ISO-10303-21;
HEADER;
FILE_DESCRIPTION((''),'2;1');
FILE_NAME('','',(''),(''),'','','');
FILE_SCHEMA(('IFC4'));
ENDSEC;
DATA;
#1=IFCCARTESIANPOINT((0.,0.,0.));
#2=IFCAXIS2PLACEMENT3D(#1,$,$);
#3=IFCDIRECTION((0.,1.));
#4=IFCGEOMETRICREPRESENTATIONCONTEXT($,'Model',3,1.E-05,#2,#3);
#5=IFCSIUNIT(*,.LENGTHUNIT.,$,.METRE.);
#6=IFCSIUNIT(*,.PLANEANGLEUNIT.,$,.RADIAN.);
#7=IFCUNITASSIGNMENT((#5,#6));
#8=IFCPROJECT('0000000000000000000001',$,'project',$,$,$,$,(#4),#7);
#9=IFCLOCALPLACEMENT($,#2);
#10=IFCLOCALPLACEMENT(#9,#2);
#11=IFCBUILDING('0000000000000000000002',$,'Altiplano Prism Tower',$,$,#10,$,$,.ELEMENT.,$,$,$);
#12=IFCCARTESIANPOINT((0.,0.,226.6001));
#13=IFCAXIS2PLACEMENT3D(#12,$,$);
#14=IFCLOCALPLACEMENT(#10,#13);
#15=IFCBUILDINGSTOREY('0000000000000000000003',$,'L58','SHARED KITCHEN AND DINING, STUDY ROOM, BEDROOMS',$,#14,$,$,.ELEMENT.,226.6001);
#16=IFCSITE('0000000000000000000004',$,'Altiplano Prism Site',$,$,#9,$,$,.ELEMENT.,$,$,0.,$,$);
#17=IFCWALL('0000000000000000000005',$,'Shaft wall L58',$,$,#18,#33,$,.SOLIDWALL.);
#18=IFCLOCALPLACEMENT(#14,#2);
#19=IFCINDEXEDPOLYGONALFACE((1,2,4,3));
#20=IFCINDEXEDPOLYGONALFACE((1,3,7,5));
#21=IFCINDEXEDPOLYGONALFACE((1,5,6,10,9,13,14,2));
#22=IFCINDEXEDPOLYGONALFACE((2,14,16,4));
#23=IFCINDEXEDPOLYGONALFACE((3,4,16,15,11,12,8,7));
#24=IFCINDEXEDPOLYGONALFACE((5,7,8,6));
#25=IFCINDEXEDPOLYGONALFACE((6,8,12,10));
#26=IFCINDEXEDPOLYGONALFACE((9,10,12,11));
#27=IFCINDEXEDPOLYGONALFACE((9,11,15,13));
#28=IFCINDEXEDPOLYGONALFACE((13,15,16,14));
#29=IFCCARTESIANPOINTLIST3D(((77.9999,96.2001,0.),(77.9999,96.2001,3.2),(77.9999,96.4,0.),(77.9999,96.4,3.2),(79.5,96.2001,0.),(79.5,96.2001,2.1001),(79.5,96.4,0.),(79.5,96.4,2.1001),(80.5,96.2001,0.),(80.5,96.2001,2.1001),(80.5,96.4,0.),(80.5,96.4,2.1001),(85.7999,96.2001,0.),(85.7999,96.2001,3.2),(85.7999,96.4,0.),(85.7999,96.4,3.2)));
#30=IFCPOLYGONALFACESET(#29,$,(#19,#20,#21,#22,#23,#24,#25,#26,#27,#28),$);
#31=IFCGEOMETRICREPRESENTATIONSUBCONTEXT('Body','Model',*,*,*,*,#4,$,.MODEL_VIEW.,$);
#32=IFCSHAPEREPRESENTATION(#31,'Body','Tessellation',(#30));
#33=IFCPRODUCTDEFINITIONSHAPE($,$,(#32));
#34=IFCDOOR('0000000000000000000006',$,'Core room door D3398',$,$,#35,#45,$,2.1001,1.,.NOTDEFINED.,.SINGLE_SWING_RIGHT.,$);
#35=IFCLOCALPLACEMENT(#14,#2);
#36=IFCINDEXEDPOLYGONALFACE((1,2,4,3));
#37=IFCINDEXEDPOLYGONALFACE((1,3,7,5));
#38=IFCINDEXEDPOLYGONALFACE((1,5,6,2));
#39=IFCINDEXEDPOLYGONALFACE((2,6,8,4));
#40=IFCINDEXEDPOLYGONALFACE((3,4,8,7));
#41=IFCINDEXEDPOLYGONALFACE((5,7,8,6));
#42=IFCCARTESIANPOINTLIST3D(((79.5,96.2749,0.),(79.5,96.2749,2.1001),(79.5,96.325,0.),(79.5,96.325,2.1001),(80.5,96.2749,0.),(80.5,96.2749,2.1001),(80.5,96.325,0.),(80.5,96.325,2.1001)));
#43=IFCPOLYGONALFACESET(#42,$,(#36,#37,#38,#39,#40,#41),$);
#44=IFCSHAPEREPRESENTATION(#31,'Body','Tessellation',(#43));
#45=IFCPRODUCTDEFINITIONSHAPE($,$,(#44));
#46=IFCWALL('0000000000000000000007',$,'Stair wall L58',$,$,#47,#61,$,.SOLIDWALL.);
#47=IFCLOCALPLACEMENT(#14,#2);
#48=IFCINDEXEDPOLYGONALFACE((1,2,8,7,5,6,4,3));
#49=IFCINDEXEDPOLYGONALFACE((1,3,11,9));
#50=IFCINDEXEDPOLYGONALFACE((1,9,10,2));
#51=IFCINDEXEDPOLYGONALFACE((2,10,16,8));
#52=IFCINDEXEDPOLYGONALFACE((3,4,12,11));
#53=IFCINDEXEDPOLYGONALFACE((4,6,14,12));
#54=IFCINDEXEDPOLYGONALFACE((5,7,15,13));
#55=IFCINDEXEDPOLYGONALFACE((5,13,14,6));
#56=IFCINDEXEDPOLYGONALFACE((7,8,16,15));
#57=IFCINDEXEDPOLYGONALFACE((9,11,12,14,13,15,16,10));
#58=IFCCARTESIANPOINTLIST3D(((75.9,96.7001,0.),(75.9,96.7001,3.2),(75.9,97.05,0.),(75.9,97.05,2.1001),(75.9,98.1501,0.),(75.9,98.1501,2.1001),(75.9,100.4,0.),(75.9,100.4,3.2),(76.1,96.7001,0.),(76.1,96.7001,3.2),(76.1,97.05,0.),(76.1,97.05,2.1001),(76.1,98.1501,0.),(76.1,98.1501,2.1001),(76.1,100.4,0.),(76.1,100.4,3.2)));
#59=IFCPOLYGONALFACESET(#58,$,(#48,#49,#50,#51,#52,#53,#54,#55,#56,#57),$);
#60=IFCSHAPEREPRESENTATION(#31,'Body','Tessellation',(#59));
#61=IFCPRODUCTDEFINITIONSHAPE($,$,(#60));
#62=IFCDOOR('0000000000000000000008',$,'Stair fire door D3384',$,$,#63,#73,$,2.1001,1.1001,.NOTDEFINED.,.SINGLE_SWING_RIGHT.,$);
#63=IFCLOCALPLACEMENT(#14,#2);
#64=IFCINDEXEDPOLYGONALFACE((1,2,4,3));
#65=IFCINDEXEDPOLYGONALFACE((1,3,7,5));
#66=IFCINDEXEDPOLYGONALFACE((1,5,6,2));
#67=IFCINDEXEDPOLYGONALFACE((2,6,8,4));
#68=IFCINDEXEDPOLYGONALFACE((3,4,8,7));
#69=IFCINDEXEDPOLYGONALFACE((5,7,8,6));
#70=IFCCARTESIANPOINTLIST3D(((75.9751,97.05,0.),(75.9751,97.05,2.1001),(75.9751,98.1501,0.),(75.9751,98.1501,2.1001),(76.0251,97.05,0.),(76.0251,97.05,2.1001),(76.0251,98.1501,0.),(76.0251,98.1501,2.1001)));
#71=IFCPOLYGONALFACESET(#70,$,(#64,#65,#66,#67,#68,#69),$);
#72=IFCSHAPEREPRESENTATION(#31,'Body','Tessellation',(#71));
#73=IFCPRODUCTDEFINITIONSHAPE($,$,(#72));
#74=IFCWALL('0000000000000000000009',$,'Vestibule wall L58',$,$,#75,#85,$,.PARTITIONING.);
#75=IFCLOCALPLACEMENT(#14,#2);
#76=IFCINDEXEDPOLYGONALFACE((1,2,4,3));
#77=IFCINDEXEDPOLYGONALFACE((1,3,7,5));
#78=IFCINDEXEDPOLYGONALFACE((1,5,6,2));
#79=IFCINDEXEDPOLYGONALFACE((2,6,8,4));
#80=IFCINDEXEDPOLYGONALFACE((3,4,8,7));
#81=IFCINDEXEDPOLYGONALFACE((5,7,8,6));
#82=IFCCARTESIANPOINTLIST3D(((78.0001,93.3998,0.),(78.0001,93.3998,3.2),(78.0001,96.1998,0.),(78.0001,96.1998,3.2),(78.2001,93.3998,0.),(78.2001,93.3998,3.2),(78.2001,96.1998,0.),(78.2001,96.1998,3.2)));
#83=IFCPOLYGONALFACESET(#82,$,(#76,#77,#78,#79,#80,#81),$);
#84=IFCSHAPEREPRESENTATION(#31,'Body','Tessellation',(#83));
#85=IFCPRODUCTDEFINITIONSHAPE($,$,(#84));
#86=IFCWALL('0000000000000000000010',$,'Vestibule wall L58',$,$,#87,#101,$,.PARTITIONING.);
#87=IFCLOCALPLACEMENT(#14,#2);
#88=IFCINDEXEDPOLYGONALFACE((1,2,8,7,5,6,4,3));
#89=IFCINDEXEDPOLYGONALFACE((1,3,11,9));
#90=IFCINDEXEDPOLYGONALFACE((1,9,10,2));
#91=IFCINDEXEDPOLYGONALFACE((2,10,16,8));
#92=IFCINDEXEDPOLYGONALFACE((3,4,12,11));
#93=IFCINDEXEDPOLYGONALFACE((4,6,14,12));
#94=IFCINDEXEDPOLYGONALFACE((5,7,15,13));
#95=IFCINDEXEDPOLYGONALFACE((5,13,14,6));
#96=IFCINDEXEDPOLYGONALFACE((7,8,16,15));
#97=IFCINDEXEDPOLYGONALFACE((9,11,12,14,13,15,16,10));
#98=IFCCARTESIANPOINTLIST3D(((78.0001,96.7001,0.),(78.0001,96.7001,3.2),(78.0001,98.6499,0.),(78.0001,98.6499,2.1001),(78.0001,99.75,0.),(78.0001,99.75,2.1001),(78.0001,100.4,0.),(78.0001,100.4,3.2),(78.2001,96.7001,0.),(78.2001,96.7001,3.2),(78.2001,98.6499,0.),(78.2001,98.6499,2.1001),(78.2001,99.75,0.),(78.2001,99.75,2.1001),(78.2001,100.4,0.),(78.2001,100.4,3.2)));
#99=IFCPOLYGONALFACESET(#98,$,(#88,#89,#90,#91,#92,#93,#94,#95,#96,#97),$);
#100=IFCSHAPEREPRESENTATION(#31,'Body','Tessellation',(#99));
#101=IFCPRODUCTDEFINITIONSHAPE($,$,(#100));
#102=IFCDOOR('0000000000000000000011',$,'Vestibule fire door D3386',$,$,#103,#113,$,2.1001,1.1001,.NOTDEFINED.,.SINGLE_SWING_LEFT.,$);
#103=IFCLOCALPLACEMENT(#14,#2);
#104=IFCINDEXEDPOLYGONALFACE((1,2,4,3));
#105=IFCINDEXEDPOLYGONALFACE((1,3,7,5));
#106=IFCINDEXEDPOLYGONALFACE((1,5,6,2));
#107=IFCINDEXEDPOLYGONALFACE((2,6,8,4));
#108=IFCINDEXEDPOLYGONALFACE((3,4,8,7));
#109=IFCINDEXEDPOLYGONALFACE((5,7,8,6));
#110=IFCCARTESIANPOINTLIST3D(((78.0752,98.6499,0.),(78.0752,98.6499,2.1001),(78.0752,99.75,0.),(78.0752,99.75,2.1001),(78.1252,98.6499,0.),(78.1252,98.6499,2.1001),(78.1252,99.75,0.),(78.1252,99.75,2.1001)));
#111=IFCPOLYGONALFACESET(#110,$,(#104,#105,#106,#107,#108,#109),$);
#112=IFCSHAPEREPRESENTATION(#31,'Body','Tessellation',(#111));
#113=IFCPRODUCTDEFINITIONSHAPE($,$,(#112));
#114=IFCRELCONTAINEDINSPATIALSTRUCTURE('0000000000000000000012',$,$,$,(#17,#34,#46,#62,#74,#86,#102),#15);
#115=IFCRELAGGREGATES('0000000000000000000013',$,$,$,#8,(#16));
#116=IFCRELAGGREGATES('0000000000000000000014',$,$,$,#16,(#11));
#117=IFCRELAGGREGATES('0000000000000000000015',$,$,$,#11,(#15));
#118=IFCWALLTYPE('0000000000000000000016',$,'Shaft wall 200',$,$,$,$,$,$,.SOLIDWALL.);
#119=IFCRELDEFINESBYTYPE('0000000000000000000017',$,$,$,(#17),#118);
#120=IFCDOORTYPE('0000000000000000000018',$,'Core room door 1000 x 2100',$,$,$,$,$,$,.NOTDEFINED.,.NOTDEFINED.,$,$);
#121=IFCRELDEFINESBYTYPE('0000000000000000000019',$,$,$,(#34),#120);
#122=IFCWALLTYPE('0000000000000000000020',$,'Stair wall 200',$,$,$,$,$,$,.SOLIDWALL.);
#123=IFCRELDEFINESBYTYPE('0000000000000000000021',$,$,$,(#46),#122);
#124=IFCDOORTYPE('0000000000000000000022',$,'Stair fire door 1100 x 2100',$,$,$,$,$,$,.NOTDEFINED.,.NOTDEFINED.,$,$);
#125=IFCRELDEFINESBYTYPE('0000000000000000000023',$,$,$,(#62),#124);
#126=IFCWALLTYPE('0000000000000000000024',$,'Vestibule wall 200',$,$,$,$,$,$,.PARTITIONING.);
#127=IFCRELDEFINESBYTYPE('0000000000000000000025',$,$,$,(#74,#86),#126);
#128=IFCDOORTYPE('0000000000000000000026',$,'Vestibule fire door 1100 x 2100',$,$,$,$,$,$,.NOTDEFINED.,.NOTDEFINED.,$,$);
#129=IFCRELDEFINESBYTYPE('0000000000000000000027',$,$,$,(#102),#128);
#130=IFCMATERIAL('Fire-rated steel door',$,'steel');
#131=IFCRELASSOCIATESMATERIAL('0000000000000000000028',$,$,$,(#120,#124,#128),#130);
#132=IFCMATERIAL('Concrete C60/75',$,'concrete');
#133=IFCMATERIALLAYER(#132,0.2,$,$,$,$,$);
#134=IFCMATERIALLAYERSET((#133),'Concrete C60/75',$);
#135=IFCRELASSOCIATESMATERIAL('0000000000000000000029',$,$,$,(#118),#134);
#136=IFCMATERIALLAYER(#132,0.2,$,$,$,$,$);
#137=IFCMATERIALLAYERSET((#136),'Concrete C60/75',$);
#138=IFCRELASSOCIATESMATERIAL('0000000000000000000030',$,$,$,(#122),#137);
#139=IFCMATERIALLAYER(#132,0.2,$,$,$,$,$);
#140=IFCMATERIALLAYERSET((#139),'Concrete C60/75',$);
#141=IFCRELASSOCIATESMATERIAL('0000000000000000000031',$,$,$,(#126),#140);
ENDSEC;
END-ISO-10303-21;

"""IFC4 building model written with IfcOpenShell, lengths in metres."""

from ifc_helpers import new_model, si_unit, direction, frame, frame_2d, origin, place, context, subcontext, project, spatial, rectangle, extrude, material, layer, layer_set, type_object, element, fill, save


model = new_model("IFC4")

# Units and contexts
model_context = context("Model", 3, precision=1e-05, world=origin(), true_north=direction((0.0, 1.0)))
body_context = subcontext(model_context, "Body", "Model", "MODEL_VIEW")
ifc_project = project(units=[si_unit("LENGTHUNIT", "METRE"), si_unit("PLANEANGLEUNIT", "RADIAN")], contexts=[model_context])

# Site, building, storey
site_placement = place(None, origin())
site = spatial("IfcSite", under=ifc_project, at=site_placement, Name="Altiplano Prism Site", CompositionType="ELEMENT", RefElevation=0.0)
building_placement = place(site_placement, origin())
building = spatial("IfcBuilding", under=site, at=building_placement, Name="Altiplano Prism Tower", CompositionType="ELEMENT")
storey_placement = place(building_placement, frame((0.0, 0.0, 226.6001)))
storey = spatial("IfcBuildingStorey", under=building, at=storey_placement, Name="L58", Description="SHARED KITCHEN AND DINING, STUDY ROOM, BEDROOMS", CompositionType="ELEMENT", Elevation=226.6001)

# Shared definitions
ifc_material_1 = material(Name="Concrete C60/75", Category="concrete")
ifc_material_2 = material(Name="Fire-rated steel door", Category="steel")
door_type_1 = type_object("IfcDoorType", Name="Core room door 1000 x 2100", OperationType="NOTDEFINED", PredefinedType="NOTDEFINED", material=ifc_material_2)

# Walls, openings, doors
ifc_layer_1 = layer(ifc_material_1, 0.2)
ifc_layer_set_1 = layer_set([ifc_layer_1], Name="Concrete C60/75")
wall_type_1 = type_object("IfcWallType", Name="Shaft wall 200", PredefinedType="SOLIDWALL", material=ifc_layer_set_1)
wall_1_placement = place(storey_placement, frame((78.0, 96.3, 0.0), z_axis=(0.0, 0.0, 1.0), x_axis=(1.0, 0.0, 0.0)))
wall_1 = element("IfcWall", 1, at=wall_1_placement, inside=storey, type_object=wall_type_1, Name="Shaft wall L58", PredefinedType="SOLIDWALL", context=body_context, shape_type="SweptSolid", body=[
    extrude(rectangle(XDim=7.8, YDim=0.2, at=frame_2d((3.8999, 0.0))), origin(), (0.0, 0.0, 1.0), 3.2),
])
opening_1_placement = place(wall_1_placement, frame((1.5, 0.0, 0.0)))
opening_1 = element("IfcOpeningElement", 2, at=opening_1_placement, cuts=wall_1, PredefinedType="OPENING", context=body_context, shape_type="SweptSolid", body=[
    extrude(rectangle(XDim=1.0, YDim=2.1001, at=frame_2d((0.5, 1.05))), frame((0.0, 0.1104, 0.0), z_axis=(0.0, -1.0, 0.0), x_axis=(1.0, 0.0, 0.0)), (0.0, 0.0, 1.0), 0.2209),
])
door_1_placement = place(opening_1_placement, origin())
door_1 = element("IfcDoor", 3, at=door_1_placement, inside=storey, type_object=door_type_1, Name="Core room door D3398", OperationType="SINGLE_SWING_RIGHT", OverallHeight=2.1001, OverallWidth=1.0, PredefinedType="NOTDEFINED", context=body_context, shape_type="SweptSolid", body=[
    extrude(rectangle(XDim=1.0, YDim=2.1001, at=frame_2d((0.5, 1.05))), frame((0.0, 0.0249, 0.0), z_axis=(0.0, -1.0, 0.0), x_axis=(1.0, 0.0, 0.0)), (0.0, 0.0, 1.0), 0.05),
])
fill(opening_1, door_1)
ifc_layer_2 = layer(ifc_material_1, 0.2)
ifc_layer_set_2 = layer_set([ifc_layer_2], Name="Concrete C60/75")
wall_type_2 = type_object("IfcWallType", Name="Stair wall 200", PredefinedType="SOLIDWALL", material=ifc_layer_set_2)
wall_2_placement = place(storey_placement, frame((76.0, 96.7, 0.0), z_axis=(0.0, 0.0, 1.0), x_axis=(0.0, 1.0, 0.0)))
wall_2 = element("IfcWall", 4, at=wall_2_placement, inside=storey, type_object=wall_type_2, Name="Stair wall L58", PredefinedType="SOLIDWALL", context=body_context, shape_type="SweptSolid", body=[
    extrude(rectangle(XDim=3.7, YDim=0.2, at=frame_2d((1.8501, 0.0))), origin(), (0.0, 0.0, 1.0), 3.2),
])
opening_2_placement = place(wall_2_placement, frame((0.3501, 0.0, 0.0)))
opening_2 = element("IfcOpeningElement", 5, at=opening_2_placement, cuts=wall_2, PredefinedType="OPENING", context=body_context, shape_type="SweptSolid", body=[
    extrude(rectangle(XDim=1.1001, YDim=2.1001, at=frame_2d((0.55, 1.05))), frame((0.0, 0.1104, 0.0), z_axis=(0.0, -1.0, 0.0), x_axis=(1.0, 0.0, 0.0)), (0.0, 0.0, 1.0), 0.2209),
])
door_type_2 = type_object("IfcDoorType", Name="Stair fire door 1100 x 2100", OperationType="NOTDEFINED", PredefinedType="NOTDEFINED", material=ifc_material_2)
door_2_placement = place(opening_2_placement, origin())
door_2 = element("IfcDoor", 6, at=door_2_placement, inside=storey, type_object=door_type_2, Name="Stair fire door D3384", OperationType="SINGLE_SWING_RIGHT", OverallHeight=2.1001, OverallWidth=1.1001, PredefinedType="NOTDEFINED", context=body_context, shape_type="SweptSolid", body=[
    extrude(rectangle(XDim=1.1001, YDim=2.1001, at=frame_2d((0.55, 1.05))), frame((0.0, 0.0249, 0.0), z_axis=(0.0, -1.0, 0.0), x_axis=(1.0, 0.0, 0.0)), (0.0, 0.0, 1.0), 0.05),
])
fill(opening_2, door_2)

# Wall
ifc_layer_3 = layer(ifc_material_1, 0.2)
ifc_layer_set_3 = layer_set([ifc_layer_3], Name="Concrete C60/75")
wall_type_3 = type_object("IfcWallType", Name="Vestibule wall 200", PredefinedType="PARTITIONING", material=ifc_layer_set_3)
wall_3_placement = place(storey_placement, frame((78.1001, 93.3999, 0.0), z_axis=(0.0, 0.0, 1.0), x_axis=(0.0, 1.0, 0.0)))
element("IfcWall", 7, at=wall_3_placement, inside=storey, type_object=wall_type_3, Name="Vestibule wall L58", PredefinedType="PARTITIONING", context=body_context, shape_type="SweptSolid", body=[
    extrude(rectangle(XDim=2.8, YDim=0.2, at=frame_2d((1.3999, 0.0))), origin(), (0.0, 0.0, 1.0), 3.2),
])

# Wall, opening, door
wall_4_placement = place(storey_placement, frame((78.1001, 96.7, 0.0), z_axis=(0.0, 0.0, 1.0), x_axis=(0.0, 1.0, 0.0)))
wall_4 = element("IfcWall", 8, at=wall_4_placement, inside=storey, type_object=wall_type_3, Name="Vestibule wall L58", PredefinedType="PARTITIONING", context=body_context, shape_type="SweptSolid", body=[
    extrude(rectangle(XDim=3.7, YDim=0.2, at=frame_2d((1.8501, 0.0))), origin(), (0.0, 0.0, 1.0), 3.2),
])
opening_3_placement = place(wall_4_placement, frame((1.95, 0.0, 0.0)))
opening_3 = element("IfcOpeningElement", 9, at=opening_3_placement, cuts=wall_4, PredefinedType="OPENING", context=body_context, shape_type="SweptSolid", body=[
    extrude(rectangle(XDim=1.1001, YDim=2.1001, at=frame_2d((0.55, 1.05))), frame((0.0, 0.1104, 0.0), z_axis=(0.0, -1.0, 0.0), x_axis=(1.0, 0.0, 0.0)), (0.0, 0.0, 1.0), 0.2209),
])
door_type_3 = type_object("IfcDoorType", Name="Vestibule fire door 1100 x 2100", OperationType="NOTDEFINED", PredefinedType="NOTDEFINED", material=ifc_material_2)
door_3_placement = place(opening_3_placement, origin())
door_3 = element("IfcDoor", 10, at=door_3_placement, inside=storey, type_object=door_type_3, Name="Vestibule fire door D3386", OperationType="SINGLE_SWING_LEFT", OverallHeight=2.1001, OverallWidth=1.1001, PredefinedType="NOTDEFINED", context=body_context, shape_type="SweptSolid", body=[
    extrude(rectangle(XDim=1.1001, YDim=2.1001, at=frame_2d((0.55, 1.05))), frame((0.0, 0.0249, 0.0), z_axis=(0.0, -1.0, 0.0), x_axis=(1.0, 0.0, 0.0)), (0.0, 0.0, 1.0), 0.05),
])
fill(opening_3, door_3)

save(model, "model.ifc")
